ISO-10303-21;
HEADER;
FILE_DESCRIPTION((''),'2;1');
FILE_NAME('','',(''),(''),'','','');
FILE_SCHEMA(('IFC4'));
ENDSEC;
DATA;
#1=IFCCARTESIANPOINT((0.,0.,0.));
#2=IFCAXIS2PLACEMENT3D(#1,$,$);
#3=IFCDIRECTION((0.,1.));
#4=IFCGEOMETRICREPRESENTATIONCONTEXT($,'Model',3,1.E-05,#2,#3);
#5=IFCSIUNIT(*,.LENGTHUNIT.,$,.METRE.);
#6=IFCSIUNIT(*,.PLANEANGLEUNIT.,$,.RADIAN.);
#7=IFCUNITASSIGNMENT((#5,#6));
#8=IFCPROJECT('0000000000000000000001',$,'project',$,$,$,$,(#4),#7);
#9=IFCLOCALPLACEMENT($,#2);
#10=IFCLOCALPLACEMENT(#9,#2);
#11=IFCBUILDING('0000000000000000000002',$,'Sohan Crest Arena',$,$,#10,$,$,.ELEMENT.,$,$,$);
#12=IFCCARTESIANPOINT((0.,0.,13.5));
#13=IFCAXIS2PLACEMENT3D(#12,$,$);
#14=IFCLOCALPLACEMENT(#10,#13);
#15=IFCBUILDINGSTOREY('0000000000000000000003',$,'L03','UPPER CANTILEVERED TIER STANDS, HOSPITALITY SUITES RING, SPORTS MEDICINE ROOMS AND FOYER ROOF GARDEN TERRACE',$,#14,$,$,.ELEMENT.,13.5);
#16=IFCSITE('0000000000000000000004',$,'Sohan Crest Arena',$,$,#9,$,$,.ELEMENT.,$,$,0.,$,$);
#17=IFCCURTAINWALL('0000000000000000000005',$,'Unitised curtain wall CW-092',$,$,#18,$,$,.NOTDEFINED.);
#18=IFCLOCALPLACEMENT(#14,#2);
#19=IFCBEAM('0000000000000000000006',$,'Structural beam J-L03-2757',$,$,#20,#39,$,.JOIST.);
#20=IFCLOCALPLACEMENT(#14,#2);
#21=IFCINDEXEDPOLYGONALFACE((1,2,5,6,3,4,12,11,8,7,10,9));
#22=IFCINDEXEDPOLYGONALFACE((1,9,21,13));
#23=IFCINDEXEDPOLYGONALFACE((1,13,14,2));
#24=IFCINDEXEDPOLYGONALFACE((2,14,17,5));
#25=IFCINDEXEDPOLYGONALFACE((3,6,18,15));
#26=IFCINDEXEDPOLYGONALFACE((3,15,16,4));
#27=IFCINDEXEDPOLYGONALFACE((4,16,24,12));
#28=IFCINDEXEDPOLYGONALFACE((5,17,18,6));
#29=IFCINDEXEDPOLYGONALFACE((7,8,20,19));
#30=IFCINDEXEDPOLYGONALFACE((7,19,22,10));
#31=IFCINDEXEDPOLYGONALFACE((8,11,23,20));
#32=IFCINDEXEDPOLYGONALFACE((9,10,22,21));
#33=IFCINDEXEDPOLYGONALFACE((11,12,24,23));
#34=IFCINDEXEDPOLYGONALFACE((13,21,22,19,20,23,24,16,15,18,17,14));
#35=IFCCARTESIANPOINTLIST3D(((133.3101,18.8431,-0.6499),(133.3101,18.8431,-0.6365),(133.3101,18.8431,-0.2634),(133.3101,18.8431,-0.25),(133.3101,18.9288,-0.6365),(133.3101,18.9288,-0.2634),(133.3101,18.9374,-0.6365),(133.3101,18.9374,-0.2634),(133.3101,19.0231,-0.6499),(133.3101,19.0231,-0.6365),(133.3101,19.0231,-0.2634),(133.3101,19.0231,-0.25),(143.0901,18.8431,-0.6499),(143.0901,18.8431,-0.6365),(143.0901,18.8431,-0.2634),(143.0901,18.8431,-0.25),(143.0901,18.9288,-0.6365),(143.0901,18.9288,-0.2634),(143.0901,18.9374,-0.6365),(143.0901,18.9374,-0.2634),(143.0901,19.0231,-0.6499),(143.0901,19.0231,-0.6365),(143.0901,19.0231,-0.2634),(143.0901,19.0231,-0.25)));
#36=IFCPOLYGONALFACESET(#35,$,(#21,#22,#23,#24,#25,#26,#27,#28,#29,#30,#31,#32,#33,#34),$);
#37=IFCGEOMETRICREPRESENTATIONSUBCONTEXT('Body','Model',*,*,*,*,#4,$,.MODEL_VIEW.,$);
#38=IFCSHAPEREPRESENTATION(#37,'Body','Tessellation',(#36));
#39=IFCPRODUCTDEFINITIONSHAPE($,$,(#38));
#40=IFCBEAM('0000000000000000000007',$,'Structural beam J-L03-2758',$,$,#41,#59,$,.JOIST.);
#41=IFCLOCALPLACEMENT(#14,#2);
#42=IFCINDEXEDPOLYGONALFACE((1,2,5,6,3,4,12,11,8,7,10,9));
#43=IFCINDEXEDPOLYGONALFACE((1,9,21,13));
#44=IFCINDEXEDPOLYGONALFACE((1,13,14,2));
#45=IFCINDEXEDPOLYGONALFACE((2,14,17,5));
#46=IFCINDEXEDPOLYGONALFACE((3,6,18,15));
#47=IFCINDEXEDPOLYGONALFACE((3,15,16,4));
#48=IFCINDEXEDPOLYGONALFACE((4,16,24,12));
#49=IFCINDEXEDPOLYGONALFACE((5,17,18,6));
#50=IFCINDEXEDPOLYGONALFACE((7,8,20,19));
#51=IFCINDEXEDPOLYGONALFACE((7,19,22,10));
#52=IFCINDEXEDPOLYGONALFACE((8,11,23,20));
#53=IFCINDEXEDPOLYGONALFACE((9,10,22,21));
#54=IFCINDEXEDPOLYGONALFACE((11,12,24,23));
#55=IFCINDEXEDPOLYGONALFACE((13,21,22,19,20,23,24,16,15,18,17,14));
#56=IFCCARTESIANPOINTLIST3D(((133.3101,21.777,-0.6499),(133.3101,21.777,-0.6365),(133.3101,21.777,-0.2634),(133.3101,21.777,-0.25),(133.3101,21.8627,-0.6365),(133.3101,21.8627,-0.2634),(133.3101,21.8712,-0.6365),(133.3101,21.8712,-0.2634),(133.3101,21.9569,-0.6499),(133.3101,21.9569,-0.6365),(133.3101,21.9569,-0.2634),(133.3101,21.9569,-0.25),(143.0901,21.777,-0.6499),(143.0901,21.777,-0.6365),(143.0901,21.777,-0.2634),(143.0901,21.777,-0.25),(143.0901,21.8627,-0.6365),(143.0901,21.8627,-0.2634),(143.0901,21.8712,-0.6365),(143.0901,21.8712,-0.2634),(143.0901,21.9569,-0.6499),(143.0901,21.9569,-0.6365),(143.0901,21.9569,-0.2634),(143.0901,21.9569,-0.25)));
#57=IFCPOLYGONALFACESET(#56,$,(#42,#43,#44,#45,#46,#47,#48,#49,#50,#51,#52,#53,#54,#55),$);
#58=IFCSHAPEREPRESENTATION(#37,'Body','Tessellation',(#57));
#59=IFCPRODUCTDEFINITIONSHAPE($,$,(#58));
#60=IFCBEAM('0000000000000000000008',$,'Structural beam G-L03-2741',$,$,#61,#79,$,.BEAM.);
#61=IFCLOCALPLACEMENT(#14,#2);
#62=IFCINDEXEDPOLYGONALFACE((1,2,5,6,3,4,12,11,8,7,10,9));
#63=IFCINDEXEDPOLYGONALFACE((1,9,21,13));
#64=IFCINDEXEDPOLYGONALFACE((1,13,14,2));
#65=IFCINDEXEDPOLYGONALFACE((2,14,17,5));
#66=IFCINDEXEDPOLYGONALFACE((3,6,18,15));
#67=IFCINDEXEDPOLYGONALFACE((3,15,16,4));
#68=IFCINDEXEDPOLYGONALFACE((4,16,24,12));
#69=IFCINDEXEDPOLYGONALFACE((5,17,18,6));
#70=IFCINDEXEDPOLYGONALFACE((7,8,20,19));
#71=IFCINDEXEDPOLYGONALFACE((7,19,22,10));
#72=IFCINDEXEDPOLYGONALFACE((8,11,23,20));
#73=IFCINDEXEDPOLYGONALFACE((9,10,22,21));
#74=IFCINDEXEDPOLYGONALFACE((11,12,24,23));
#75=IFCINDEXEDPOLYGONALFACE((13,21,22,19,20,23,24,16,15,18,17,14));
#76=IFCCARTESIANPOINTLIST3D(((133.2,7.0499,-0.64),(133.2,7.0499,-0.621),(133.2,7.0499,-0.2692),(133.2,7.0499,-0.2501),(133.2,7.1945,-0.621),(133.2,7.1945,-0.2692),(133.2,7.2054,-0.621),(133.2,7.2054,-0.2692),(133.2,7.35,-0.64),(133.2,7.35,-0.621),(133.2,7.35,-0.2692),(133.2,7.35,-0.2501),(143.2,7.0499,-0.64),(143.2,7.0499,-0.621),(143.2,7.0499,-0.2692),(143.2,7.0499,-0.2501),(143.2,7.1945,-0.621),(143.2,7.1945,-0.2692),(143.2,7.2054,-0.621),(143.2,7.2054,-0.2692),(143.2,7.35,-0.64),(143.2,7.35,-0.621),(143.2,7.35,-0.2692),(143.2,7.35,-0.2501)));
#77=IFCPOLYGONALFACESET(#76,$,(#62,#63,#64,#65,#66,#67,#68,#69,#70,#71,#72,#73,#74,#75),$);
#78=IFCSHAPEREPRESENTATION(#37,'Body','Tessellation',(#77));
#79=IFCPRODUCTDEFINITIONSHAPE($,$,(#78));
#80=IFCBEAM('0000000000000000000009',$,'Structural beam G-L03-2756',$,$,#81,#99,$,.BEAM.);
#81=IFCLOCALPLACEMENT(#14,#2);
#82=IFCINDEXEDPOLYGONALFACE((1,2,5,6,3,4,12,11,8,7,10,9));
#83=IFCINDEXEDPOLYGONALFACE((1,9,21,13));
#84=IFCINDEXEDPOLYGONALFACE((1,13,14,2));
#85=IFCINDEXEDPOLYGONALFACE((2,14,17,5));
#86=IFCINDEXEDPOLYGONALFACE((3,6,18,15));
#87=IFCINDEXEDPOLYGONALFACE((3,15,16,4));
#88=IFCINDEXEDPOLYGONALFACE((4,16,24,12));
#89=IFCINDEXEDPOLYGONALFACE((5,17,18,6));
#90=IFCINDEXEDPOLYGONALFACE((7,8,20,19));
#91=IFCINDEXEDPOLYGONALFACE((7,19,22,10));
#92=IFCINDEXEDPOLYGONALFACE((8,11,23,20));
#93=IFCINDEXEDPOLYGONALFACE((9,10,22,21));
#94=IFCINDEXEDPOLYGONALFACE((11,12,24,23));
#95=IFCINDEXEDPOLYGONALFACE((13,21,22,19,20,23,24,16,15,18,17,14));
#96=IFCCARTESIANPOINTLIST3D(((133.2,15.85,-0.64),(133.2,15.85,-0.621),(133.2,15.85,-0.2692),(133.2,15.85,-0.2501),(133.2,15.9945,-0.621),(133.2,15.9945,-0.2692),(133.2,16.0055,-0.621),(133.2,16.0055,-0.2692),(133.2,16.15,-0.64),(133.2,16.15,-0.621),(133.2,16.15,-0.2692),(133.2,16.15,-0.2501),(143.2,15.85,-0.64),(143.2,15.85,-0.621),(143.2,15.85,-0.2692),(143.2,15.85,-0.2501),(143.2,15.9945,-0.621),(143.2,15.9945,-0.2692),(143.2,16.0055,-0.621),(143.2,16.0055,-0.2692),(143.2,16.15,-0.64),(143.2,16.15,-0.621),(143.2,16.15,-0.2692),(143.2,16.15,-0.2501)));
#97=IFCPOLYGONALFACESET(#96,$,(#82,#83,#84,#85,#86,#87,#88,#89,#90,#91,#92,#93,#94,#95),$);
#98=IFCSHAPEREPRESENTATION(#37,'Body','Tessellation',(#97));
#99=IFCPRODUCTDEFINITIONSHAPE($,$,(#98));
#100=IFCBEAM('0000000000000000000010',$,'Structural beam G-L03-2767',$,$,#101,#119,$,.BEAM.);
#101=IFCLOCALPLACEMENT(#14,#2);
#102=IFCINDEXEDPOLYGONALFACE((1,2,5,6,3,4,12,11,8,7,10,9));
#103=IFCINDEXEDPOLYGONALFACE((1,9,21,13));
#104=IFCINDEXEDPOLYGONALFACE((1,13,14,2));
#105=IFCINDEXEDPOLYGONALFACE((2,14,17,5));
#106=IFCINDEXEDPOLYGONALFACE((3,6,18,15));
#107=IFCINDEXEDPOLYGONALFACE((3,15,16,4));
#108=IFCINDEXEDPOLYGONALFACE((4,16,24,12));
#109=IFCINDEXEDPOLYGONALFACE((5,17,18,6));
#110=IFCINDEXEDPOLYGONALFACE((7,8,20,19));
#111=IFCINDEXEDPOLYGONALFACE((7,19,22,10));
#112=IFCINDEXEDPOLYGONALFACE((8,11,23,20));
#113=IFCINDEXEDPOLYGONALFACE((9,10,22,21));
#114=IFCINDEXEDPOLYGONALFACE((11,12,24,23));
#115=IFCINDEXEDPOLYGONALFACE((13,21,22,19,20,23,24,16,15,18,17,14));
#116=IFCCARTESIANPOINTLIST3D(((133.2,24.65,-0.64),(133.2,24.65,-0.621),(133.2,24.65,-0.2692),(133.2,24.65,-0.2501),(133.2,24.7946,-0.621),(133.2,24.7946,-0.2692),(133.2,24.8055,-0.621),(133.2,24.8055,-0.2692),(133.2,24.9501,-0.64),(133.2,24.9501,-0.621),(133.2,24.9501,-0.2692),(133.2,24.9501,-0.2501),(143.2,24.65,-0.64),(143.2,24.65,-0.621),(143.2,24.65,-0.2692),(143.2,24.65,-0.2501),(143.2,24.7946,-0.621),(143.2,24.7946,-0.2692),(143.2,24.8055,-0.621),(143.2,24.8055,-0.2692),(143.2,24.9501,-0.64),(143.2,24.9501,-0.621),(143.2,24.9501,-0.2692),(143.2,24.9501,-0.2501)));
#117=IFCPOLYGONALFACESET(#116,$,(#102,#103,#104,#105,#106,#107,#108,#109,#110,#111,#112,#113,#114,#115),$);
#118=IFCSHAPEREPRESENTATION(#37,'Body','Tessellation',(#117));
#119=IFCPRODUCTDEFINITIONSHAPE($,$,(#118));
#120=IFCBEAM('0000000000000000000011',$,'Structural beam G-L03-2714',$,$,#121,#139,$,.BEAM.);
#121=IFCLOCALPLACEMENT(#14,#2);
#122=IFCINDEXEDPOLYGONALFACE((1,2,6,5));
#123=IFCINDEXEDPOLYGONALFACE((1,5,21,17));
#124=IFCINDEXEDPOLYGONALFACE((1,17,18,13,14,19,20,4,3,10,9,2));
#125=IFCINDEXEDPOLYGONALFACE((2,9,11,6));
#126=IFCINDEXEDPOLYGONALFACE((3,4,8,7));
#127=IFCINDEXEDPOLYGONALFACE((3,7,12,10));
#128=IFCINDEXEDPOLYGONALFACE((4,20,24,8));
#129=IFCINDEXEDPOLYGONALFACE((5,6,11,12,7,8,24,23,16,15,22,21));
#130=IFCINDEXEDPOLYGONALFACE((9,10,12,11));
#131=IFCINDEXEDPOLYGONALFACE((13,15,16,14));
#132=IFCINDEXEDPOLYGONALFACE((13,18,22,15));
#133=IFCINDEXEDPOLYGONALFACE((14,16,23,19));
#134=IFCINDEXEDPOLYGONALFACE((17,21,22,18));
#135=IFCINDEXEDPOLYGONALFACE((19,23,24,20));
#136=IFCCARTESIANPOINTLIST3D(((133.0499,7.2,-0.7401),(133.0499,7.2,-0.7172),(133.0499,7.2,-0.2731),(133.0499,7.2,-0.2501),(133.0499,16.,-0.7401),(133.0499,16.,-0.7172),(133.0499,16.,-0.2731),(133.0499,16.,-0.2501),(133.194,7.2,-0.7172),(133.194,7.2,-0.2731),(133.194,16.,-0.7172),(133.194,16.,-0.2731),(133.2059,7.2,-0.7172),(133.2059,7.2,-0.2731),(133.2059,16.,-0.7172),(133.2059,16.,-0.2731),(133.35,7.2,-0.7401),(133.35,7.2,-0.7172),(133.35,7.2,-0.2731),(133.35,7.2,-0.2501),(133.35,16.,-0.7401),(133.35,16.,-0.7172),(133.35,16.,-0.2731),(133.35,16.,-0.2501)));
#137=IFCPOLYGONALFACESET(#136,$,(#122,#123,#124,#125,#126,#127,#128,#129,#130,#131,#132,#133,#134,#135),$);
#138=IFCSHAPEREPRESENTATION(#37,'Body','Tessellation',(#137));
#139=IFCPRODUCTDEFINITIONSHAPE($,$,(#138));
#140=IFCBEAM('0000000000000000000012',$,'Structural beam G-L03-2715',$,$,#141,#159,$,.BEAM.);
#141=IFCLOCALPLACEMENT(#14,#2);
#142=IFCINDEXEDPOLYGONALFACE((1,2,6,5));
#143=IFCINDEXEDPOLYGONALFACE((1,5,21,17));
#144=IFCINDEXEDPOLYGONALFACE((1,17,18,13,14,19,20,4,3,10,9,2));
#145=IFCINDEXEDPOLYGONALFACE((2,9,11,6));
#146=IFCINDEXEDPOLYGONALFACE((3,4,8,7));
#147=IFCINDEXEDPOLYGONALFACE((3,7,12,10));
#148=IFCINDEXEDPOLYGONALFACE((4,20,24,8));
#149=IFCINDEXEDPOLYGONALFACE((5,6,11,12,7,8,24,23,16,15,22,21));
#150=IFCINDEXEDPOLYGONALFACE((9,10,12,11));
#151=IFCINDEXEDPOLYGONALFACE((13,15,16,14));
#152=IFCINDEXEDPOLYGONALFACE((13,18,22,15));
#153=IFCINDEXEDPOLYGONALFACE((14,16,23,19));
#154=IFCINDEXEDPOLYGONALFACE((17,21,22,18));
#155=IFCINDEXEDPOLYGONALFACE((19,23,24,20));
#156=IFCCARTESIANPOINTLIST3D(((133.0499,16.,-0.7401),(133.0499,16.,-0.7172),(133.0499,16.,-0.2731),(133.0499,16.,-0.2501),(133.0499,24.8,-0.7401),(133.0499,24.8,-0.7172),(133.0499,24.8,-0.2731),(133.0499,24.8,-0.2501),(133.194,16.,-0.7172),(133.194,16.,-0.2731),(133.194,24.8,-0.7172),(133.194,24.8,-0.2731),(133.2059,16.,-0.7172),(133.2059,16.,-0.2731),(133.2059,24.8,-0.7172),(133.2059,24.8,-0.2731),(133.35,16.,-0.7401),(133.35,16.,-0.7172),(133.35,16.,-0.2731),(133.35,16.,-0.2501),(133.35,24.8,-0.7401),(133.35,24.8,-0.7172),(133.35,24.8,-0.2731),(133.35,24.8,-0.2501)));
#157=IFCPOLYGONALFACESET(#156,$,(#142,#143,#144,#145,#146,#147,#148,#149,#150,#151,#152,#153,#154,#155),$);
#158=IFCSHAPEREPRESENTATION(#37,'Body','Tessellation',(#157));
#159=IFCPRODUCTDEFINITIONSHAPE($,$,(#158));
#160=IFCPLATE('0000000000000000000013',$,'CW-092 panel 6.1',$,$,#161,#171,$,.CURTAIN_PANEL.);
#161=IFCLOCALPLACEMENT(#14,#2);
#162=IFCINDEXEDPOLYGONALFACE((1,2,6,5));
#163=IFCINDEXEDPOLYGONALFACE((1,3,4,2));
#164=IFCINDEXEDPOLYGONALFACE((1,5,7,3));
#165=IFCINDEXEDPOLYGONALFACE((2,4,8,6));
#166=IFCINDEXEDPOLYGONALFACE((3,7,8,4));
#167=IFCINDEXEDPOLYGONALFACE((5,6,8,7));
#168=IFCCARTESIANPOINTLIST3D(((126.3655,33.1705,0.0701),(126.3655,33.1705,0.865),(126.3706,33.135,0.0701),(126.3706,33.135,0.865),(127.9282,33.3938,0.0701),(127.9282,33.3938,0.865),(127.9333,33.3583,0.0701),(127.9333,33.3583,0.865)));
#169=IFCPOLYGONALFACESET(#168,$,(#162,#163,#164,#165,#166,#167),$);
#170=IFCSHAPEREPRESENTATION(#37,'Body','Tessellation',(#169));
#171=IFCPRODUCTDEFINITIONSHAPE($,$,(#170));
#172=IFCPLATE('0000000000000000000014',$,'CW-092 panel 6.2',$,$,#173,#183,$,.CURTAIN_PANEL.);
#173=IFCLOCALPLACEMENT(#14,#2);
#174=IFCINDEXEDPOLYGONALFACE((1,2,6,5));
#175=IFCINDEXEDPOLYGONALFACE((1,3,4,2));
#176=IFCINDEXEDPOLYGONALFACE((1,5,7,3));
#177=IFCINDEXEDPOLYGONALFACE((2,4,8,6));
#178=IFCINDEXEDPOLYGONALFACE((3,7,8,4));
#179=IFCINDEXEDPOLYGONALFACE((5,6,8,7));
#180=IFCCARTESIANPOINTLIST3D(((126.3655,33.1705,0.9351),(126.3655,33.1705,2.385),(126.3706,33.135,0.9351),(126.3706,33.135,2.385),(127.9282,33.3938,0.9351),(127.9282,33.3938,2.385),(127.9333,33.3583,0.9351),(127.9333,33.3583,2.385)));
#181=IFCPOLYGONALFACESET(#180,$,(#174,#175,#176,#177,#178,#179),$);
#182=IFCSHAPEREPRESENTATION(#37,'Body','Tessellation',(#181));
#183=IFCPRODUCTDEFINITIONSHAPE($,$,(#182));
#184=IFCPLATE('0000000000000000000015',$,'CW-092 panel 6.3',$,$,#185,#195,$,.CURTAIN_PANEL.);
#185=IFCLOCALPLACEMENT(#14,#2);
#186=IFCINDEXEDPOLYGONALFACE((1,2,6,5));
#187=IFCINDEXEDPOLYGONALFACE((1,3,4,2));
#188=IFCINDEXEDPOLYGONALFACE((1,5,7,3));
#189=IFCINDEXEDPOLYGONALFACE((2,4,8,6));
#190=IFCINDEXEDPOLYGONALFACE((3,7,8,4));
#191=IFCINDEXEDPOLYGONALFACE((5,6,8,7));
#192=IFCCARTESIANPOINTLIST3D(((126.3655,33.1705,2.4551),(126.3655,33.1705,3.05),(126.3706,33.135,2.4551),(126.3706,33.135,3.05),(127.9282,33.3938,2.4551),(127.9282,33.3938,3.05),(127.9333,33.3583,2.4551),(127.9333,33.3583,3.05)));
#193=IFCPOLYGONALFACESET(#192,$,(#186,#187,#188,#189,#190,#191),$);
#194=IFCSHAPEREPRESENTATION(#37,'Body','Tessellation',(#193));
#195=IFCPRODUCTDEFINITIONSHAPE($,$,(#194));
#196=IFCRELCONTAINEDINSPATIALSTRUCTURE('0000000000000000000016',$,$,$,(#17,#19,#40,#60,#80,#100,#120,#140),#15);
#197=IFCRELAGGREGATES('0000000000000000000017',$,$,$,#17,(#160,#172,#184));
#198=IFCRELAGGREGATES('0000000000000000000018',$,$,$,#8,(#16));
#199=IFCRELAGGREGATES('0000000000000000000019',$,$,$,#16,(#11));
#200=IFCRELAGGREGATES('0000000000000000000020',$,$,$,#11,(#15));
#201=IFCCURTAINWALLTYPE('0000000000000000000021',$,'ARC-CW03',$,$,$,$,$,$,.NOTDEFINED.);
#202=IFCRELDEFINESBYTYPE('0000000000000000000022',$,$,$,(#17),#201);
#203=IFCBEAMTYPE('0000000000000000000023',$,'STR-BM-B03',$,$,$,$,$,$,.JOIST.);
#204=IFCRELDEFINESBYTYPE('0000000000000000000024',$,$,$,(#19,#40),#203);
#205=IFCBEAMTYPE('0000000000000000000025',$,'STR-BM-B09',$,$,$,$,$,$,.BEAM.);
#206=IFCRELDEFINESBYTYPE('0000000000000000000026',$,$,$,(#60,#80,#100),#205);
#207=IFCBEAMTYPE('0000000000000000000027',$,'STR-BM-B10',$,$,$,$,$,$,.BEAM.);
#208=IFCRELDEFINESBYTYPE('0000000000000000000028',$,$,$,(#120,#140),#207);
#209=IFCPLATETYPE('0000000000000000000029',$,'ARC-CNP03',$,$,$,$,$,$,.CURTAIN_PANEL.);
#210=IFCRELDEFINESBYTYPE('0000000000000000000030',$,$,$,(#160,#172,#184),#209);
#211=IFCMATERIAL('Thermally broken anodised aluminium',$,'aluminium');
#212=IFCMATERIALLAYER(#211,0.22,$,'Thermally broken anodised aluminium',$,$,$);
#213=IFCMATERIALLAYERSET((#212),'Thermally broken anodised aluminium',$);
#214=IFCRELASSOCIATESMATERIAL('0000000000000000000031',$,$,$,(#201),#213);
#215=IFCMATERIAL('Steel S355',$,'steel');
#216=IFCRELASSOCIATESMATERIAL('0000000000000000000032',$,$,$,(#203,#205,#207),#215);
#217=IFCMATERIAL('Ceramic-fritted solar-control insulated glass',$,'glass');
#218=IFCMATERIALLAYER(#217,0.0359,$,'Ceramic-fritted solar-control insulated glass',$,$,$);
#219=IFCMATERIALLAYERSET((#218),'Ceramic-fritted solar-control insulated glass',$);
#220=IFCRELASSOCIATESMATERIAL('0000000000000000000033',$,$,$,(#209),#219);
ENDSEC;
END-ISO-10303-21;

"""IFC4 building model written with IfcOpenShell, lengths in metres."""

from ifc_helpers import new_model, si_unit, direction, frame, origin, origin_2d, place, context, subcontext, project, spatial, rectangle, i_section, extrude, material, layer, layer_set, material_profile, profile_set, type_object, element, aggregate, save


model = new_model("IFC4")

# Units and contexts
model_context = context("Model", 3, precision=1e-05, world=origin(), true_north=direction((0.0, 1.0)))
body_context = subcontext(model_context, "Body", "Model", "MODEL_VIEW")
ifc_project = project(units=[si_unit("LENGTHUNIT", "METRE"), si_unit("PLANEANGLEUNIT", "RADIAN")], contexts=[model_context])

# Site, building, storey
site_placement = place(None, origin())
site = spatial("IfcSite", under=ifc_project, at=site_placement, Name="Sohan Crest Arena", CompositionType="ELEMENT", RefElevation=0.0)
building_placement = place(site_placement, origin())
building = spatial("IfcBuilding", under=site, at=building_placement, Name="Sohan Crest Arena", CompositionType="ELEMENT")
storey_placement = place(building_placement, frame((0.0, 0.0, 13.5)))
storey = spatial("IfcBuildingStorey", under=building, at=storey_placement, Name="L03", Description="UPPER CANTILEVERED TIER STANDS, HOSPITALITY SUITES RING, SPORTS MEDICINE ROOMS AND FOYER ROOF GARDEN TERRACE", CompositionType="ELEMENT", Elevation=13.5)

# Shared definitions
ifc_material_1 = material(Name="Steel S355", Category="steel")

# Curtain wall
ifc_material_2 = material(Name="Thermally broken anodised aluminium", Category="aluminium")
ifc_layer_1 = layer(ifc_material_2, 0.22, Name="Thermally broken anodised aluminium")
ifc_layer_set_1 = layer_set([ifc_layer_1], Name="Thermally broken anodised aluminium")
curtain_wall_type_1 = type_object("IfcCurtainWallType", Name="ARC-CW03", PredefinedType="NOTDEFINED", material=ifc_layer_set_1)
curtain_wall_1_placement = place(storey_placement, origin())
curtain_wall_1 = element("IfcCurtainWall", 1, at=curtain_wall_1_placement, inside=storey, type_object=curtain_wall_type_1, Name="Unitised curtain wall CW-092", PredefinedType="NOTDEFINED")

# Beams
ifc_material_profile_1 = material_profile(ifc_material_1, i_section(OverallWidth=0.1799, OverallDepth=0.3999, WebThickness=0.0085, FlangeThickness=0.0134, at=origin_2d()), Name="IPE 400")
ifc_profile_set_1 = profile_set([ifc_material_profile_1], Name="Steel S355")
beam_type_1 = type_object("IfcBeamType", Name="STR-BM-B03", PredefinedType="JOIST", material=ifc_profile_set_1)
for number, where, z_axis, x_axis, name in (
    (2, (133.3101, 18.9331, -0.45), (1.0, 0.0, 0.0), (0.0, 1.0, 0.0), "Structural beam J-L03-2757"),
    (3, (133.3101, 21.8669, -0.45), (1.0, 0.0, 0.0), (0.0, 1.0, 0.0), "Structural beam J-L03-2758"),
):
    element("IfcBeam", number, at=place(storey_placement, frame(where, z_axis=z_axis, x_axis=x_axis)), inside=storey, type_object=beam_type_1, Name=name, PredefinedType="JOIST", context=body_context, shape_type="SweptSolid", body=[
        extrude(i_section(OverallWidth=0.1799, OverallDepth=0.3999, WebThickness=0.0085, FlangeThickness=0.0134, at=origin_2d()), origin(), (0.0, 0.0, 1.0), 9.78),
    ])
ifc_material_profile_2 = material_profile(ifc_material_1, i_section(OverallWidth=0.3, OverallDepth=0.3899, WebThickness=0.011, FlangeThickness=0.019, at=origin_2d()), Name="HEA 400")
ifc_profile_set_2 = profile_set([ifc_material_profile_2], Name="Steel S355")
beam_type_2 = type_object("IfcBeamType", Name="STR-BM-B09", PredefinedType="BEAM", material=ifc_profile_set_2)
for number, where, z_axis, x_axis, name in (
    (4, (133.2, 7.2, -0.4451), (1.0, 0.0, 0.0), (0.0, 1.0, 0.0), "Structural beam G-L03-2741"),
    (5, (133.2, 16.0, -0.4451), (1.0, 0.0, 0.0), (0.0, 1.0, 0.0), "Structural beam G-L03-2756"),
    (6, (133.2, 24.8, -0.4451), (1.0, 0.0, 0.0), (0.0, 1.0, 0.0), "Structural beam G-L03-2767"),
):
    element("IfcBeam", number, at=place(storey_placement, frame(where, z_axis=z_axis, x_axis=x_axis)), inside=storey, type_object=beam_type_2, Name=name, PredefinedType="BEAM", context=body_context, shape_type="SweptSolid", body=[
        extrude(i_section(OverallWidth=0.3, OverallDepth=0.3899, WebThickness=0.011, FlangeThickness=0.019, at=origin_2d()), origin(), (0.0, 0.0, 1.0), 10.0),
    ])
ifc_material_profile_3 = material_profile(ifc_material_1, i_section(OverallWidth=0.3, OverallDepth=0.49, WebThickness=0.012, FlangeThickness=0.0229, at=origin_2d()), Name="HEA 500")
ifc_profile_set_3 = profile_set([ifc_material_profile_3], Name="Steel S355")
beam_type_3 = type_object("IfcBeamType", Name="STR-BM-B10", PredefinedType="BEAM", material=ifc_profile_set_3)
for number, where, z_axis, x_axis, name in (
    (7, (133.2, 7.2, -0.4951), (0.0, 1.0, 0.0), (-1.0, 0.0, 0.0), "Structural beam G-L03-2714"),
    (8, (133.2, 16.0, -0.4951), (0.0, 1.0, 0.0), (-1.0, 0.0, 0.0), "Structural beam G-L03-2715"),
):
    element("IfcBeam", number, at=place(storey_placement, frame(where, z_axis=z_axis, x_axis=x_axis)), inside=storey, type_object=beam_type_3, Name=name, PredefinedType="BEAM", context=body_context, shape_type="SweptSolid", body=[
        extrude(i_section(OverallWidth=0.3, OverallDepth=0.49, WebThickness=0.012, FlangeThickness=0.0229, at=origin_2d()), origin(), (0.0, 0.0, 1.0), 8.8),
    ])

# Plates
ifc_material_3 = material(Name="Ceramic-fritted solar-control insulated glass", Category="glass")
ifc_layer_2 = layer(ifc_material_3, 0.0359, Name="Ceramic-fritted solar-control insulated glass")
ifc_layer_set_2 = layer_set([ifc_layer_2], Name="Ceramic-fritted solar-control insulated glass")
plate_type = type_object("IfcPlateType", Name="ARC-CNP03", PredefinedType="CURTAIN_PANEL", material=ifc_layer_set_2)
plate_1_placement = place(storey_placement, frame((127.1494, 33.2644, 0.0701), z_axis=(0.0, 0.0, 1.0), x_axis=(0.989944, 0.141463, 0.0)))
plate_1 = element("IfcPlate", 9, at=plate_1_placement, type_object=plate_type, Name="CW-092 panel 6.1", PredefinedType="CURTAIN_PANEL", context=body_context, shape_type="SweptSolid", body=[
    extrude(rectangle(XDim=1.5786, YDim=0.0359, at=origin_2d()), origin(), (0.0, 0.0, 1.0), 0.7949),
])
plate_2_placement = place(storey_placement, frame((127.1494, 33.2644, 0.9351), z_axis=(0.0, 0.0, 1.0), x_axis=(0.989944, 0.141463, 0.0)))
plate_2 = element("IfcPlate", 10, at=plate_2_placement, type_object=plate_type, Name="CW-092 panel 6.2", PredefinedType="CURTAIN_PANEL", context=body_context, shape_type="SweptSolid", body=[
    extrude(rectangle(XDim=1.5786, YDim=0.0359, at=origin_2d()), origin(), (0.0, 0.0, 1.0), 1.45),
])
plate_3_placement = place(storey_placement, frame((127.1494, 33.2644, 2.4551), z_axis=(0.0, 0.0, 1.0), x_axis=(0.989944, 0.141463, 0.0)))
plate_3 = element("IfcPlate", 11, at=plate_3_placement, type_object=plate_type, Name="CW-092 panel 6.3", PredefinedType="CURTAIN_PANEL", context=body_context, shape_type="SweptSolid", body=[
    extrude(rectangle(XDim=1.5786, YDim=0.0359, at=origin_2d()), origin(), (0.0, 0.0, 1.0), 0.595),
])
aggregate(curtain_wall_1, [plate_1, plate_2, plate_3])

save(model, "model.ifc")
